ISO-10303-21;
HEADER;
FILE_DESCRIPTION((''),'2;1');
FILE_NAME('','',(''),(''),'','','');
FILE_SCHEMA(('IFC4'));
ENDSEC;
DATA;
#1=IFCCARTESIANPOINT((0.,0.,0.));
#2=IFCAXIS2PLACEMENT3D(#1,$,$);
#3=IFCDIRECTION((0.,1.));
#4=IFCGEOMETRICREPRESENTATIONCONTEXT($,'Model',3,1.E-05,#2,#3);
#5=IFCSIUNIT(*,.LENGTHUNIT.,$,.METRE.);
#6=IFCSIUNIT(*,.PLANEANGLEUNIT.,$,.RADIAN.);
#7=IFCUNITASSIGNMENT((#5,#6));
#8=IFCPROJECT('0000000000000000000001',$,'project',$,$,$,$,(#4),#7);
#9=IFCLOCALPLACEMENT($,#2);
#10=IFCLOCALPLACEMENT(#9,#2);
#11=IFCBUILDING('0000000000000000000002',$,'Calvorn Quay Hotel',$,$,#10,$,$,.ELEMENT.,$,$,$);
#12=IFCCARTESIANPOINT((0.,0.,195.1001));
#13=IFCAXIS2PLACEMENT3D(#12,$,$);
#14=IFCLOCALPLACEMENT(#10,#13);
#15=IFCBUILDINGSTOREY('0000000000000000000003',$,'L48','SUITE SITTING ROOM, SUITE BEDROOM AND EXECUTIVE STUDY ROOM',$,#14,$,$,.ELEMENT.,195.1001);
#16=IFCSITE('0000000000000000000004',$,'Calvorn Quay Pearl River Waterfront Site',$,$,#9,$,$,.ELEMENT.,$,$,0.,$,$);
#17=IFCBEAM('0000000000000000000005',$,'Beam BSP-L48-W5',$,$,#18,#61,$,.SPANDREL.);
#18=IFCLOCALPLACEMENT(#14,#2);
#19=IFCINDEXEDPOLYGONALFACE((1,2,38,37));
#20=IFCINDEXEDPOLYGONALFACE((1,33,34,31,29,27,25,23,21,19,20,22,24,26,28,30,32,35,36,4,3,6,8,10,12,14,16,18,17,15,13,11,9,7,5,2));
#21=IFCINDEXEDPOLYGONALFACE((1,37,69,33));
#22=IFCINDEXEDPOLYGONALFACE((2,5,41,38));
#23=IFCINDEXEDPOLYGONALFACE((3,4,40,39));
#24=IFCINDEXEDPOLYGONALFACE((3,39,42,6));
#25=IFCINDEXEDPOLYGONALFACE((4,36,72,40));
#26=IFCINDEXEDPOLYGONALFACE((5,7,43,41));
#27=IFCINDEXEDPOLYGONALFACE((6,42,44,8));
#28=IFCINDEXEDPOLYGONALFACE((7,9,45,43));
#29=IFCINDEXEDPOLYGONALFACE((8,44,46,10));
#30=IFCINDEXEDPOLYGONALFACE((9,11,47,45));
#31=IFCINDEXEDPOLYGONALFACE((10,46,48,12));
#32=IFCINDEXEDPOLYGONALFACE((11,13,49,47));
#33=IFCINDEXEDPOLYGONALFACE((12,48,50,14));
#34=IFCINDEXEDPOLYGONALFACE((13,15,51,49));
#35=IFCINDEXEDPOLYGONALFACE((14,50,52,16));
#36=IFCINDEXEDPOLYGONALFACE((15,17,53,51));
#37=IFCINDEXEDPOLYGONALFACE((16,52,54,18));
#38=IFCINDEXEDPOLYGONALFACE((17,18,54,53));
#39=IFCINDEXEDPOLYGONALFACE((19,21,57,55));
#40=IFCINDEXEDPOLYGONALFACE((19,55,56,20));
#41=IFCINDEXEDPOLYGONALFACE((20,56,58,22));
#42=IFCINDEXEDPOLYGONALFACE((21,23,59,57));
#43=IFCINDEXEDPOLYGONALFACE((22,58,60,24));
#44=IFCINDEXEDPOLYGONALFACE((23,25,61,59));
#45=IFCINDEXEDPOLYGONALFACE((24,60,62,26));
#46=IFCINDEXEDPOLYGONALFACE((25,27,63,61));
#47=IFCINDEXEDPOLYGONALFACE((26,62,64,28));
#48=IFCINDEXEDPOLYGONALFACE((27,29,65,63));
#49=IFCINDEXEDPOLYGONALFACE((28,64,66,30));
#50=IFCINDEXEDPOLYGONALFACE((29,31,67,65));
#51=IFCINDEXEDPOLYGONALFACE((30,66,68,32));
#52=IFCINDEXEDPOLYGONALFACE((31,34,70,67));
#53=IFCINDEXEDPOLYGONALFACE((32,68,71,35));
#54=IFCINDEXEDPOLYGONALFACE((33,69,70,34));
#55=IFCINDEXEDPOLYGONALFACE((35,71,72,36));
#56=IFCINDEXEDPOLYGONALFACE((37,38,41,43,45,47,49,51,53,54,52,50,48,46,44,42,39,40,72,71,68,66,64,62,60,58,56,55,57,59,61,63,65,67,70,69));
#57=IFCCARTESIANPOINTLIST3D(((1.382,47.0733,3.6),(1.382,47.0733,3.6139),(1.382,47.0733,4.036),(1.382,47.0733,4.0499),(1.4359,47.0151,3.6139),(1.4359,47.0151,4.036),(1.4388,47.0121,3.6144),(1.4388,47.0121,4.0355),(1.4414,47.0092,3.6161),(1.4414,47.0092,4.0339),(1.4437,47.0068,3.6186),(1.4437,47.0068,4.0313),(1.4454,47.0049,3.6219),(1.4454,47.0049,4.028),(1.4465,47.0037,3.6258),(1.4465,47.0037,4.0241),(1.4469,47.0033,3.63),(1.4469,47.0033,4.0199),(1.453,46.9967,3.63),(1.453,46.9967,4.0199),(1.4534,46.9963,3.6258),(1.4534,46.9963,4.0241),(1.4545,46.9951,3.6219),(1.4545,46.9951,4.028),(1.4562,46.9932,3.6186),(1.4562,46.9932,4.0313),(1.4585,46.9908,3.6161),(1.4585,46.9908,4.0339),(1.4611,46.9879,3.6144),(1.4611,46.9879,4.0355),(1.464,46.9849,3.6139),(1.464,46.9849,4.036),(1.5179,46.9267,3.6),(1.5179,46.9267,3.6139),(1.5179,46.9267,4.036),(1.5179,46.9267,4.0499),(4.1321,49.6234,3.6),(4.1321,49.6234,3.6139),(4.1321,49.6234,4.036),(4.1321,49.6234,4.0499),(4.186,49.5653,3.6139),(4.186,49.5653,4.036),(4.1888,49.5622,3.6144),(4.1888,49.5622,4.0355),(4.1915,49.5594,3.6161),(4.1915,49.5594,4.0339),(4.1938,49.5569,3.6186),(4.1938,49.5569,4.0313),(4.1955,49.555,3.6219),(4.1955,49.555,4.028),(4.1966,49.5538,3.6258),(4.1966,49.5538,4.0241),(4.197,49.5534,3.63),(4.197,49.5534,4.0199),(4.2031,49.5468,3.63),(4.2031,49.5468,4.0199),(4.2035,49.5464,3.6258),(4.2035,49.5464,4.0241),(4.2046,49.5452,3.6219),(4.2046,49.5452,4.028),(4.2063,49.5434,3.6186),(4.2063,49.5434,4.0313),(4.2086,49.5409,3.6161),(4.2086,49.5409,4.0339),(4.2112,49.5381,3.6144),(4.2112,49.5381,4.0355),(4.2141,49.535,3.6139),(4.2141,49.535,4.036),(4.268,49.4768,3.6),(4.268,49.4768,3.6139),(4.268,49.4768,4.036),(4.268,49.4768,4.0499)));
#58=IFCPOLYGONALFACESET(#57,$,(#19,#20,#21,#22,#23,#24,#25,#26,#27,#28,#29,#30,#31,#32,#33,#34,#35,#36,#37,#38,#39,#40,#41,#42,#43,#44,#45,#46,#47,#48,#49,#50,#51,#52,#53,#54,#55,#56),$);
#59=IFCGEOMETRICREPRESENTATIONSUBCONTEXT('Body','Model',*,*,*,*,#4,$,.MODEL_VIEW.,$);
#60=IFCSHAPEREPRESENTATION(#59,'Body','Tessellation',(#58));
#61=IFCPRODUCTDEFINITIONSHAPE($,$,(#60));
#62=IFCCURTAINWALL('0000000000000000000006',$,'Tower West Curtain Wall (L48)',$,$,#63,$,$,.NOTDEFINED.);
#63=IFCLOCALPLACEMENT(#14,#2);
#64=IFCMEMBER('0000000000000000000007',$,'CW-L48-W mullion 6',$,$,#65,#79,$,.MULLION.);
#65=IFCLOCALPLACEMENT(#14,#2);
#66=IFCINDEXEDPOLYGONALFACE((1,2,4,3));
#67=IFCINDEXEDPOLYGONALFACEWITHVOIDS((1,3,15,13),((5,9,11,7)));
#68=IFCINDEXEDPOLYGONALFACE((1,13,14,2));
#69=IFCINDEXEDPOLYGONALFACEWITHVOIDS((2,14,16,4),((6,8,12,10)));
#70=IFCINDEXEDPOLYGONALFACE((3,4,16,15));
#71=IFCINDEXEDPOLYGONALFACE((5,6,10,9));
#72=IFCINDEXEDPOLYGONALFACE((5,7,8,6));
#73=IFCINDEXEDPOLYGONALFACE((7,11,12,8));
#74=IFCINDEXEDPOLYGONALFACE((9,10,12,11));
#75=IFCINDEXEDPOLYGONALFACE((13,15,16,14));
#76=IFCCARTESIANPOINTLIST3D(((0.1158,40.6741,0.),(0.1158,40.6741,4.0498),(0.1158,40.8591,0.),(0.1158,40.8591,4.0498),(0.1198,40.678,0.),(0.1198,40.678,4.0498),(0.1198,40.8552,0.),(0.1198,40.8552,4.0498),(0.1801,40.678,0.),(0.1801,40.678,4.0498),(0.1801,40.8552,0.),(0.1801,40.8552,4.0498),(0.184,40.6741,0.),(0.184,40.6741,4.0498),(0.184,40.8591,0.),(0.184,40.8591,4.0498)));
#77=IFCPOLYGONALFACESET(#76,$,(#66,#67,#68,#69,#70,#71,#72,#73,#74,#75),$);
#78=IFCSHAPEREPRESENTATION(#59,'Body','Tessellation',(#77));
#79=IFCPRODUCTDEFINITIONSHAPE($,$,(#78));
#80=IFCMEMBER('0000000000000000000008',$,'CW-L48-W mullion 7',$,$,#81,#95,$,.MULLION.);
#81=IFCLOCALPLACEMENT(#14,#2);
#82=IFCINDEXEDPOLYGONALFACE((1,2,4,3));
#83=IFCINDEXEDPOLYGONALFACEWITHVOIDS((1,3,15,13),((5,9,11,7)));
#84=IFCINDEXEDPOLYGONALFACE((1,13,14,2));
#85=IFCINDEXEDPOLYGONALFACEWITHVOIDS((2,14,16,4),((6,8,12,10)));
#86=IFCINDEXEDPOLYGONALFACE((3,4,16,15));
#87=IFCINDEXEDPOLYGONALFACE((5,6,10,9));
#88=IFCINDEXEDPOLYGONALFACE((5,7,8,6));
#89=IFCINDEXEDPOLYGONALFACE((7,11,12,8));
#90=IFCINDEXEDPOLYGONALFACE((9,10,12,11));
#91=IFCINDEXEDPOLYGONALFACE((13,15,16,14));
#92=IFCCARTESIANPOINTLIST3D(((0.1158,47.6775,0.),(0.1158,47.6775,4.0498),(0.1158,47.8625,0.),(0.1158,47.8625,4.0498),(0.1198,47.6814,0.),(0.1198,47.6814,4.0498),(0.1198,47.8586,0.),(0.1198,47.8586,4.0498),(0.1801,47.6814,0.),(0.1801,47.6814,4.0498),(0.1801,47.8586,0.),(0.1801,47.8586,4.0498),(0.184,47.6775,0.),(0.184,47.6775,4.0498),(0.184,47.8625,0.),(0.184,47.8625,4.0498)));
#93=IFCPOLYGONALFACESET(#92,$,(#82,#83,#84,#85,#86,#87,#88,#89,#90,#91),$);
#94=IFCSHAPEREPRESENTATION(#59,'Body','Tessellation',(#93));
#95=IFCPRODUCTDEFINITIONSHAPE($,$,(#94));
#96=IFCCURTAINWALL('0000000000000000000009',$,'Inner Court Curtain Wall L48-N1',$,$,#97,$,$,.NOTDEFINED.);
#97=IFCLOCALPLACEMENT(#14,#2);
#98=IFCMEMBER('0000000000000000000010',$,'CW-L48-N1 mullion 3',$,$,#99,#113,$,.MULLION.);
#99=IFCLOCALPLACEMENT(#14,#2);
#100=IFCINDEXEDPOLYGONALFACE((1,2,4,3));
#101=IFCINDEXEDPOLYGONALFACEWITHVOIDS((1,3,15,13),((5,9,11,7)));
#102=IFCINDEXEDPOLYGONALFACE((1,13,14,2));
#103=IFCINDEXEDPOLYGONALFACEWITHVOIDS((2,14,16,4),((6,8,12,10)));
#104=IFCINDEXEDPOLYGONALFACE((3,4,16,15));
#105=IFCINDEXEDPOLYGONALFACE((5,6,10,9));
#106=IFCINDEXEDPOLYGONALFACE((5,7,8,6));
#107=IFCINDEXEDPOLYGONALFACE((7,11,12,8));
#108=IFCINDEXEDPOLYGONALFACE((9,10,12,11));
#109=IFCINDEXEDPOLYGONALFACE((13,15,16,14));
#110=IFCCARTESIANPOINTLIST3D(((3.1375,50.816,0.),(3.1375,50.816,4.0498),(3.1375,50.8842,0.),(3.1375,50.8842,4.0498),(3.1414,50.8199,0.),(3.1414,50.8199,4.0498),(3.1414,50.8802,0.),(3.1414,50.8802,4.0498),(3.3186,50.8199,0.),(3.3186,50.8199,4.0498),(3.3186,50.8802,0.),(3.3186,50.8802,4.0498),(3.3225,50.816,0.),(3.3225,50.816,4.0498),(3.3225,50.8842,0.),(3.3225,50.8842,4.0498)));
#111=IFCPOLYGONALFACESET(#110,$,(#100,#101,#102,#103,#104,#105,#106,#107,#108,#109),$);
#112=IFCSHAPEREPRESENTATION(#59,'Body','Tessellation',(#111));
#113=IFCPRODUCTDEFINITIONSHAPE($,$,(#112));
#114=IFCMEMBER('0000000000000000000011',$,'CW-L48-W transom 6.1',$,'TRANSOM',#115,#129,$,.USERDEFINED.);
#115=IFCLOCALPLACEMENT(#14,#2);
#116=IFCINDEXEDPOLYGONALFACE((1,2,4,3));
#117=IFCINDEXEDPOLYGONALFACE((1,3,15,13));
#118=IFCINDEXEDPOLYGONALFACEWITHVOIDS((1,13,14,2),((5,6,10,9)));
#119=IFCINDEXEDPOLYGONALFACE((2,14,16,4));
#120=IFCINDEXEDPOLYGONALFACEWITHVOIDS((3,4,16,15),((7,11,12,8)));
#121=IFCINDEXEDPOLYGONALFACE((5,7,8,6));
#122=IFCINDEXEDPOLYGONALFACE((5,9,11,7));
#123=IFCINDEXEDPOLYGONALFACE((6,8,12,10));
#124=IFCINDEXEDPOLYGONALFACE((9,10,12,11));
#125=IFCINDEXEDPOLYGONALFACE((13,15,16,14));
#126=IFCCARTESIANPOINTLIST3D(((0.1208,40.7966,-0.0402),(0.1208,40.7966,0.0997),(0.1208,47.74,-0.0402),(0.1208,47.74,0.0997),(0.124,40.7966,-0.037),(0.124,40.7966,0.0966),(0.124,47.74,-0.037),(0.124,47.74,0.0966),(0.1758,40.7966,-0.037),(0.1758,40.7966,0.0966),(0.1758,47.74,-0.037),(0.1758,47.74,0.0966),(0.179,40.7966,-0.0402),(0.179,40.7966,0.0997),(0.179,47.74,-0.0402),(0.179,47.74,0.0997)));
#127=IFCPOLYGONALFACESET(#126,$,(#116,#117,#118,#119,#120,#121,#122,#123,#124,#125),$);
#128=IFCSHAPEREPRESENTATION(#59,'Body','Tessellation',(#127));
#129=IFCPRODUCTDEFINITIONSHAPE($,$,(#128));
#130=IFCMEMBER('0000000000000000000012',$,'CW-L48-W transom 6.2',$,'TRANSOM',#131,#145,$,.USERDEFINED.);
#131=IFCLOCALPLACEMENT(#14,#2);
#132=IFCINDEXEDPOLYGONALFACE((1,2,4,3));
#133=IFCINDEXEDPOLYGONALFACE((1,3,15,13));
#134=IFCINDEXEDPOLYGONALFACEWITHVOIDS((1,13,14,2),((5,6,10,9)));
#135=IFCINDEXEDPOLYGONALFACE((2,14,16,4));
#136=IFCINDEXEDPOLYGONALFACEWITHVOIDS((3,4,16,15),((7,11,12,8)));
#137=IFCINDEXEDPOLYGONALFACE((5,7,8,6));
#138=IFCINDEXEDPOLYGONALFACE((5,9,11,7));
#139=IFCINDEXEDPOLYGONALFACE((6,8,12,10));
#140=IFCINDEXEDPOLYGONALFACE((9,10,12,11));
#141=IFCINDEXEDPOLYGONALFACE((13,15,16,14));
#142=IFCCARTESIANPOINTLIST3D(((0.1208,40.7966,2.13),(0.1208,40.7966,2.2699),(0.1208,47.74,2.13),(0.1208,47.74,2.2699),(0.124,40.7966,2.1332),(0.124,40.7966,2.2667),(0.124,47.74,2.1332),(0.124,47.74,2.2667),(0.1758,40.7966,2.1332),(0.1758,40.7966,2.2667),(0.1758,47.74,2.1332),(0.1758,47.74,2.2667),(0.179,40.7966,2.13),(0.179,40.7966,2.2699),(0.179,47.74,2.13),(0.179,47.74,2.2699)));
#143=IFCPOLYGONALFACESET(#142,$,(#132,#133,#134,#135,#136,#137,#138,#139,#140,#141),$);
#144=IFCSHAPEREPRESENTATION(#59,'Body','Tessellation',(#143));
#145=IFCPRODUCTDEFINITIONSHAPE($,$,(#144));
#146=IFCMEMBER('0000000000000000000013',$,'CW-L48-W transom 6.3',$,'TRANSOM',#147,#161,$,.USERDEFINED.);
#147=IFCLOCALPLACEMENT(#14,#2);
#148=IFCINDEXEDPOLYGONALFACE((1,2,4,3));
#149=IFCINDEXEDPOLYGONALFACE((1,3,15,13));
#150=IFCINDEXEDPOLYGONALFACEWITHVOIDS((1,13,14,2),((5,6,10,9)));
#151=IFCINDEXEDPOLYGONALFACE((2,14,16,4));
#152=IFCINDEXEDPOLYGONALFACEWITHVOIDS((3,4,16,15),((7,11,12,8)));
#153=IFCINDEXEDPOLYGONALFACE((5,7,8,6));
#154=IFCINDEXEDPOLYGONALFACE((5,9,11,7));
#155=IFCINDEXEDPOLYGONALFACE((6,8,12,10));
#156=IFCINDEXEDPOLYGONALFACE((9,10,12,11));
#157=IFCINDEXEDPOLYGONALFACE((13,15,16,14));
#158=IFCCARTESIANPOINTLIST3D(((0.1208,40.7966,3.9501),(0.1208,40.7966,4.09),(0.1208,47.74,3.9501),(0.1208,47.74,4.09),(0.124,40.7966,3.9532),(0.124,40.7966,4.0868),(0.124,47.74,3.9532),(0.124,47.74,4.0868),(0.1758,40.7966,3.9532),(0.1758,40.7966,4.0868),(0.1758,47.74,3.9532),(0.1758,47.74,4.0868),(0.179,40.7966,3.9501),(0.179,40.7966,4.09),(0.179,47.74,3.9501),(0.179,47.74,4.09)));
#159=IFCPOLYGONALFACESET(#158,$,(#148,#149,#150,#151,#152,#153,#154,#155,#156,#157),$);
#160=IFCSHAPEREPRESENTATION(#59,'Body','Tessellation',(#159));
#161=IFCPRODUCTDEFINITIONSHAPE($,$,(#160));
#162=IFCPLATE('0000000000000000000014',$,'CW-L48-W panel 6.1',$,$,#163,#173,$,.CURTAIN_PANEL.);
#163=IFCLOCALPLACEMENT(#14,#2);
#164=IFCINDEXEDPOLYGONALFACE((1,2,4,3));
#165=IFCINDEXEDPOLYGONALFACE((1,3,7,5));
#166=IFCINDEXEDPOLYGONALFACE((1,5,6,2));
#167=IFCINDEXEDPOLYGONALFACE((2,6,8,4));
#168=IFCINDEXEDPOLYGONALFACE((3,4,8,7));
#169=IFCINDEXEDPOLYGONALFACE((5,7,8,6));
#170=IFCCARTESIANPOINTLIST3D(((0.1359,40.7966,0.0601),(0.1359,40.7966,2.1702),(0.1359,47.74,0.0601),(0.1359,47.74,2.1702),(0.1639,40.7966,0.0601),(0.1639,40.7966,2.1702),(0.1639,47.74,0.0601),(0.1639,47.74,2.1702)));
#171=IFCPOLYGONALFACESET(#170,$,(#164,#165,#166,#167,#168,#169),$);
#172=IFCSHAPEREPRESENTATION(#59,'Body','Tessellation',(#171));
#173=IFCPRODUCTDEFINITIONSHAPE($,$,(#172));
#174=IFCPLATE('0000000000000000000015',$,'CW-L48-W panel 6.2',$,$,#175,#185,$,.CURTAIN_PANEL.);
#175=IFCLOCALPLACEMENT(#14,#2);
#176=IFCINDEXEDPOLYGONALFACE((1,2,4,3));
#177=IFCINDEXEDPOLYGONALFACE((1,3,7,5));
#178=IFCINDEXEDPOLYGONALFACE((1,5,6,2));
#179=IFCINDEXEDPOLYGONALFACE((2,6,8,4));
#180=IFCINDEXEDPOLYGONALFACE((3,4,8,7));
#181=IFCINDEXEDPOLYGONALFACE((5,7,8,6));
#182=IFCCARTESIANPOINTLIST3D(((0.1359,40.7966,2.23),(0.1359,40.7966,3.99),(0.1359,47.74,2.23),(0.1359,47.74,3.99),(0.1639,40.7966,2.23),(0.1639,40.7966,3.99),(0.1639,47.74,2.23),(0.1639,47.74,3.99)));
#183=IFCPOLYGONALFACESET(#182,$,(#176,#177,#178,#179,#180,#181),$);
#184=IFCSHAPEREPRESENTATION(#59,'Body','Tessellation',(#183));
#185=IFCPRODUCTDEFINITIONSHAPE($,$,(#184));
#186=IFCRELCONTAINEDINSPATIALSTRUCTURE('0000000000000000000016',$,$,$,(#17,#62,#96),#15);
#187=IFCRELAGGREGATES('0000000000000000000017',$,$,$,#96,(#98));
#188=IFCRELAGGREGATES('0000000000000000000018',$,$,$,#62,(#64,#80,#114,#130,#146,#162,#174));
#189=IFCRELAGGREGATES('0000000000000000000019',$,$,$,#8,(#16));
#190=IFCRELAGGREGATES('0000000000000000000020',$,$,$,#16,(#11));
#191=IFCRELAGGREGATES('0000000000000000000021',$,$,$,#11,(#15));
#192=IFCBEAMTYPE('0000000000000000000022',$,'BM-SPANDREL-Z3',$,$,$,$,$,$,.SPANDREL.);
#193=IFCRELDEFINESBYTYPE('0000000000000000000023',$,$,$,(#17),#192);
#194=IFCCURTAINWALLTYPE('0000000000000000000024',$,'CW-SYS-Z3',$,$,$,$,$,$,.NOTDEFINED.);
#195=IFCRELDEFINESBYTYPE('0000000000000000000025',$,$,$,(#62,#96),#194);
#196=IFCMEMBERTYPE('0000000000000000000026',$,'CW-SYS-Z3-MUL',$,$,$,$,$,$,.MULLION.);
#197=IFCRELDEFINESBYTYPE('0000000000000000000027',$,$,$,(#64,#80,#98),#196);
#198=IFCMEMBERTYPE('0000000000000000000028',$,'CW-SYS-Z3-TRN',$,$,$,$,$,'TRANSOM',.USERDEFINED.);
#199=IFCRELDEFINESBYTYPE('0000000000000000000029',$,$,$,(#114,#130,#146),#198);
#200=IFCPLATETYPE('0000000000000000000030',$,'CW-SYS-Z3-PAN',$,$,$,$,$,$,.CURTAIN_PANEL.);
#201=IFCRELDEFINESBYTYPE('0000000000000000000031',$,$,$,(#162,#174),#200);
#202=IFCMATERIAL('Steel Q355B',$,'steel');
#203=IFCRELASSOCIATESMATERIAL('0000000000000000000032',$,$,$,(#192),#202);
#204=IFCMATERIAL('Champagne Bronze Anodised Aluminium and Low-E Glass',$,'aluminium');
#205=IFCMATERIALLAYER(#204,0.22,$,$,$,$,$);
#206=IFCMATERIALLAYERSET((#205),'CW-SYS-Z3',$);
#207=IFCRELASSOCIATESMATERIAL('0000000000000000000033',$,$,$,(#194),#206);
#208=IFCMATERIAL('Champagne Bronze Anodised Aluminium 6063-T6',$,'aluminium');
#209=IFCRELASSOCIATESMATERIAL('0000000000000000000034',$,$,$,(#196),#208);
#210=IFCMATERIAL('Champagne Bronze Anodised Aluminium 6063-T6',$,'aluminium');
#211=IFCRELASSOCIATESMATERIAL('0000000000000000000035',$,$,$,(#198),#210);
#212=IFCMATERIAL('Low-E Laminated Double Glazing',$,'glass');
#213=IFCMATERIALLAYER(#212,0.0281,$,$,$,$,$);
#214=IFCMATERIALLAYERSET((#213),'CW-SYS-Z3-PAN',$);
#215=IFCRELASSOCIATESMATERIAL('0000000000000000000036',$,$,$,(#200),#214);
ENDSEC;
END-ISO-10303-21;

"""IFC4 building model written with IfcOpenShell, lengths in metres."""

from ifc_helpers import new_model, si_unit, direction, frame, origin, origin_2d, place, context, subcontext, project, spatial, rectangle, hollow_rectangle, i_section, extrude, material, layer, layer_set, material_profile, profile_set, type_object, element, aggregate, save


model = new_model("IFC4")

# Units and contexts
model_context = context("Model", 3, precision=1e-05, world=origin(), true_north=direction((0.0, 1.0)))
body_context = subcontext(model_context, "Body", "Model", "MODEL_VIEW")
ifc_project = project(units=[si_unit("LENGTHUNIT", "METRE"), si_unit("PLANEANGLEUNIT", "RADIAN")], contexts=[model_context])

# Site, building, storey
site_placement = place(None, origin())
site = spatial("IfcSite", under=ifc_project, at=site_placement, Name="Calvorn Quay Pearl River Waterfront Site", CompositionType="ELEMENT", RefElevation=0.0)
building_placement = place(site_placement, origin())
building = spatial("IfcBuilding", under=site, at=building_placement, Name="Calvorn Quay Hotel", CompositionType="ELEMENT")
storey_placement = place(building_placement, frame((0.0, 0.0, 195.1001)))
storey = spatial("IfcBuildingStorey", under=building, at=storey_placement, Name="L48", Description="SUITE SITTING ROOM, SUITE BEDROOM AND EXECUTIVE STUDY ROOM", CompositionType="ELEMENT", Elevation=195.1001)

# Beam
ifc_material_1 = material(Name="Steel Q355B", Category="steel")
ifc_material_profile_1 = material_profile(ifc_material_1, i_section(OverallWidth=0.2, OverallDepth=0.45, WebThickness=0.009, FlangeThickness=0.0139, FilletRadius=0.0161, at=origin_2d()), Name="HN450x200x9x14")
ifc_profile_set_1 = profile_set([ifc_material_profile_1], Name="Steel Q355B")
beam_type_1 = type_object("IfcBeamType", Name="BM-SPANDREL-Z3", PredefinedType="SPANDREL", material=ifc_profile_set_1)
beam_1_placement = place(storey_placement, frame((1.45, 47.0, 3.825), z_axis=(0.733262, 0.679947, 0.0), x_axis=(-0.679947, 0.733262, 0.0)))
element("IfcBeam", 1, at=beam_1_placement, inside=storey, type_object=beam_type_1, Name="Beam BSP-L48-W5", PredefinedType="SPANDREL", context=body_context, shape_type="SweptSolid", body=[
    extrude(i_section(OverallWidth=0.2, OverallDepth=0.45, WebThickness=0.009, FlangeThickness=0.0139, FilletRadius=0.0161, at=origin_2d()), origin(), (0.0, 0.0, 1.0), 3.7505),
])

# Curtain wall, members
ifc_material_2 = material(Name="Champagne Bronze Anodised Aluminium and Low-E Glass", Category="aluminium")
ifc_layer_1 = layer(ifc_material_2, 0.22)
ifc_layer_set_1 = layer_set([ifc_layer_1], Name="CW-SYS-Z3")
curtain_wall_type = type_object("IfcCurtainWallType", Name="CW-SYS-Z3", PredefinedType="NOTDEFINED", material=ifc_layer_set_1)
curtain_wall_1_placement = place(storey_placement, origin())
curtain_wall_1 = element("IfcCurtainWall", 2, at=curtain_wall_1_placement, inside=storey, type_object=curtain_wall_type, Name="Tower West Curtain Wall (L48)", PredefinedType="NOTDEFINED")
ifc_material_3 = material(Name="Champagne Bronze Anodised Aluminium 6063-T6", Category="aluminium")
ifc_material_profile_2 = material_profile(ifc_material_3, hollow_rectangle(XDim=0.0681, YDim=0.1851, WallThickness=0.0039, at=origin_2d()), Name="ALU-M185x68x4")
ifc_profile_set_2 = profile_set([ifc_material_profile_2], Name="Champagne Bronze Anodised Aluminium 6063-T6")
member_type_1 = type_object("IfcMemberType", Name="CW-SYS-Z3-MUL", PredefinedType="MULLION", material=ifc_profile_set_2)
member_1_placement = place(storey_placement, frame((0.1499, 40.7666, 0.0), z_axis=(0.0, 0.0, 1.0), x_axis=(-1.0, 0.0, 0.0)))
member_1 = element("IfcMember", 3, at=member_1_placement, type_object=member_type_1, Name="CW-L48-W mullion 6", PredefinedType="MULLION", context=body_context, shape_type="SweptSolid", body=[
    extrude(hollow_rectangle(XDim=0.0681, YDim=0.1851, WallThickness=0.0039, at=origin_2d()), origin(), (0.0, 0.0, 1.0), 4.0498),
])
member_2_placement = place(storey_placement, frame((0.1499, 47.77, 0.0), z_axis=(0.0, 0.0, 1.0), x_axis=(-1.0, 0.0, 0.0)))
member_2 = element("IfcMember", 4, at=member_2_placement, type_object=member_type_1, Name="CW-L48-W mullion 7", PredefinedType="MULLION", context=body_context, shape_type="SweptSolid", body=[
    extrude(hollow_rectangle(XDim=0.0681, YDim=0.1851, WallThickness=0.0039, at=origin_2d()), origin(), (0.0, 0.0, 1.0), 4.0498),
])

# Curtain wall, member
curtain_wall_2_placement = place(storey_placement, origin())
curtain_wall_2 = element("IfcCurtainWall", 5, at=curtain_wall_2_placement, inside=storey, type_object=curtain_wall_type, Name="Inner Court Curtain Wall L48-N1", PredefinedType="NOTDEFINED")
member_3_placement = place(storey_placement, frame((3.23, 50.8501, 0.0), z_axis=(0.0, 0.0, 1.0), x_axis=(0.0, -1.0, 0.0)))
member_3 = element("IfcMember", 6, at=member_3_placement, type_object=member_type_1, Name="CW-L48-N1 mullion 3", PredefinedType="MULLION", context=body_context, shape_type="SweptSolid", body=[
    extrude(hollow_rectangle(XDim=0.0681, YDim=0.1851, WallThickness=0.0039, at=origin_2d()), origin(), (0.0, 0.0, 1.0), 4.0498),
])
aggregate(curtain_wall_2, [member_3])

# Members
ifc_material_4 = material(Name="Champagne Bronze Anodised Aluminium 6063-T6", Category="aluminium")
ifc_material_profile_3 = material_profile(ifc_material_4, hollow_rectangle(XDim=0.0581, YDim=0.1399, WallThickness=0.0032, at=origin_2d()), Name="ALU-T140x58x3.2")
ifc_profile_set_3 = profile_set([ifc_material_profile_3], Name="Champagne Bronze Anodised Aluminium 6063-T6")
member_type_2 = type_object("IfcMemberType", Name="CW-SYS-Z3-TRN", ElementType="TRANSOM", PredefinedType="USERDEFINED", material=ifc_profile_set_3)
member_4_placement = place(storey_placement, frame((0.1499, 40.7966, 0.0298), z_axis=(0.0, 1.0, 0.0), x_axis=(-1.0, 0.0, 0.0)))
member_4 = element("IfcMember", 7, at=member_4_placement, type_object=member_type_2, Name="CW-L48-W transom 6.1", ObjectType="TRANSOM", PredefinedType="USERDEFINED", context=body_context, shape_type="SweptSolid", body=[
    extrude(hollow_rectangle(XDim=0.0581, YDim=0.1399, WallThickness=0.0032, at=origin_2d()), origin(), (0.0, 0.0, 1.0), 6.9434),
])
member_5_placement = place(storey_placement, frame((0.1499, 40.7966, 2.2), z_axis=(0.0, 1.0, 0.0), x_axis=(-1.0, 0.0, 0.0)))
member_5 = element("IfcMember", 8, at=member_5_placement, type_object=member_type_2, Name="CW-L48-W transom 6.2", ObjectType="TRANSOM", PredefinedType="USERDEFINED", context=body_context, shape_type="SweptSolid", body=[
    extrude(hollow_rectangle(XDim=0.0581, YDim=0.1399, WallThickness=0.0032, at=origin_2d()), origin(), (0.0, 0.0, 1.0), 6.9434),
])
member_6_placement = place(storey_placement, frame((0.1499, 40.7966, 4.02), z_axis=(0.0, 1.0, 0.0), x_axis=(-1.0, 0.0, 0.0)))
member_6 = element("IfcMember", 9, at=member_6_placement, type_object=member_type_2, Name="CW-L48-W transom 6.3", ObjectType="TRANSOM", PredefinedType="USERDEFINED", context=body_context, shape_type="SweptSolid", body=[
    extrude(hollow_rectangle(XDim=0.0581, YDim=0.1399, WallThickness=0.0032, at=origin_2d()), origin(), (0.0, 0.0, 1.0), 6.9434),
])

# Plates
ifc_material_5 = material(Name="Low-E Laminated Double Glazing", Category="glass")
ifc_layer_2 = layer(ifc_material_5, 0.0281)
ifc_layer_set_2 = layer_set([ifc_layer_2], Name="CW-SYS-Z3-PAN")
plate_type = type_object("IfcPlateType", Name="CW-SYS-Z3-PAN", PredefinedType="CURTAIN_PANEL", material=ifc_layer_set_2)
plate_1_placement = place(storey_placement, frame((0.1499, 44.2683, 0.0601), z_axis=(0.0, 0.0, 1.0), x_axis=(0.0, 1.0, 0.0)))
plate_1 = element("IfcPlate", 10, at=plate_1_placement, type_object=plate_type, Name="CW-L48-W panel 6.1", PredefinedType="CURTAIN_PANEL", context=body_context, shape_type="SweptSolid", body=[
    extrude(rectangle(XDim=6.9434, YDim=0.0281, at=origin_2d()), origin(), (0.0, 0.0, 1.0), 2.1101),
])
plate_2_placement = place(storey_placement, frame((0.1499, 44.2683, 2.23), z_axis=(0.0, 0.0, 1.0), x_axis=(0.0, 1.0, 0.0)))
plate_2 = element("IfcPlate", 11, at=plate_2_placement, type_object=plate_type, Name="CW-L48-W panel 6.2", PredefinedType="CURTAIN_PANEL", context=body_context, shape_type="SweptSolid", body=[
    extrude(rectangle(XDim=6.9434, YDim=0.0281, at=origin_2d()), origin(), (0.0, 0.0, 1.0), 1.76),
])
aggregate(curtain_wall_1, [member_1, member_2, member_4, member_5, member_6, plate_1, plate_2])

save(model, "model.ifc")
